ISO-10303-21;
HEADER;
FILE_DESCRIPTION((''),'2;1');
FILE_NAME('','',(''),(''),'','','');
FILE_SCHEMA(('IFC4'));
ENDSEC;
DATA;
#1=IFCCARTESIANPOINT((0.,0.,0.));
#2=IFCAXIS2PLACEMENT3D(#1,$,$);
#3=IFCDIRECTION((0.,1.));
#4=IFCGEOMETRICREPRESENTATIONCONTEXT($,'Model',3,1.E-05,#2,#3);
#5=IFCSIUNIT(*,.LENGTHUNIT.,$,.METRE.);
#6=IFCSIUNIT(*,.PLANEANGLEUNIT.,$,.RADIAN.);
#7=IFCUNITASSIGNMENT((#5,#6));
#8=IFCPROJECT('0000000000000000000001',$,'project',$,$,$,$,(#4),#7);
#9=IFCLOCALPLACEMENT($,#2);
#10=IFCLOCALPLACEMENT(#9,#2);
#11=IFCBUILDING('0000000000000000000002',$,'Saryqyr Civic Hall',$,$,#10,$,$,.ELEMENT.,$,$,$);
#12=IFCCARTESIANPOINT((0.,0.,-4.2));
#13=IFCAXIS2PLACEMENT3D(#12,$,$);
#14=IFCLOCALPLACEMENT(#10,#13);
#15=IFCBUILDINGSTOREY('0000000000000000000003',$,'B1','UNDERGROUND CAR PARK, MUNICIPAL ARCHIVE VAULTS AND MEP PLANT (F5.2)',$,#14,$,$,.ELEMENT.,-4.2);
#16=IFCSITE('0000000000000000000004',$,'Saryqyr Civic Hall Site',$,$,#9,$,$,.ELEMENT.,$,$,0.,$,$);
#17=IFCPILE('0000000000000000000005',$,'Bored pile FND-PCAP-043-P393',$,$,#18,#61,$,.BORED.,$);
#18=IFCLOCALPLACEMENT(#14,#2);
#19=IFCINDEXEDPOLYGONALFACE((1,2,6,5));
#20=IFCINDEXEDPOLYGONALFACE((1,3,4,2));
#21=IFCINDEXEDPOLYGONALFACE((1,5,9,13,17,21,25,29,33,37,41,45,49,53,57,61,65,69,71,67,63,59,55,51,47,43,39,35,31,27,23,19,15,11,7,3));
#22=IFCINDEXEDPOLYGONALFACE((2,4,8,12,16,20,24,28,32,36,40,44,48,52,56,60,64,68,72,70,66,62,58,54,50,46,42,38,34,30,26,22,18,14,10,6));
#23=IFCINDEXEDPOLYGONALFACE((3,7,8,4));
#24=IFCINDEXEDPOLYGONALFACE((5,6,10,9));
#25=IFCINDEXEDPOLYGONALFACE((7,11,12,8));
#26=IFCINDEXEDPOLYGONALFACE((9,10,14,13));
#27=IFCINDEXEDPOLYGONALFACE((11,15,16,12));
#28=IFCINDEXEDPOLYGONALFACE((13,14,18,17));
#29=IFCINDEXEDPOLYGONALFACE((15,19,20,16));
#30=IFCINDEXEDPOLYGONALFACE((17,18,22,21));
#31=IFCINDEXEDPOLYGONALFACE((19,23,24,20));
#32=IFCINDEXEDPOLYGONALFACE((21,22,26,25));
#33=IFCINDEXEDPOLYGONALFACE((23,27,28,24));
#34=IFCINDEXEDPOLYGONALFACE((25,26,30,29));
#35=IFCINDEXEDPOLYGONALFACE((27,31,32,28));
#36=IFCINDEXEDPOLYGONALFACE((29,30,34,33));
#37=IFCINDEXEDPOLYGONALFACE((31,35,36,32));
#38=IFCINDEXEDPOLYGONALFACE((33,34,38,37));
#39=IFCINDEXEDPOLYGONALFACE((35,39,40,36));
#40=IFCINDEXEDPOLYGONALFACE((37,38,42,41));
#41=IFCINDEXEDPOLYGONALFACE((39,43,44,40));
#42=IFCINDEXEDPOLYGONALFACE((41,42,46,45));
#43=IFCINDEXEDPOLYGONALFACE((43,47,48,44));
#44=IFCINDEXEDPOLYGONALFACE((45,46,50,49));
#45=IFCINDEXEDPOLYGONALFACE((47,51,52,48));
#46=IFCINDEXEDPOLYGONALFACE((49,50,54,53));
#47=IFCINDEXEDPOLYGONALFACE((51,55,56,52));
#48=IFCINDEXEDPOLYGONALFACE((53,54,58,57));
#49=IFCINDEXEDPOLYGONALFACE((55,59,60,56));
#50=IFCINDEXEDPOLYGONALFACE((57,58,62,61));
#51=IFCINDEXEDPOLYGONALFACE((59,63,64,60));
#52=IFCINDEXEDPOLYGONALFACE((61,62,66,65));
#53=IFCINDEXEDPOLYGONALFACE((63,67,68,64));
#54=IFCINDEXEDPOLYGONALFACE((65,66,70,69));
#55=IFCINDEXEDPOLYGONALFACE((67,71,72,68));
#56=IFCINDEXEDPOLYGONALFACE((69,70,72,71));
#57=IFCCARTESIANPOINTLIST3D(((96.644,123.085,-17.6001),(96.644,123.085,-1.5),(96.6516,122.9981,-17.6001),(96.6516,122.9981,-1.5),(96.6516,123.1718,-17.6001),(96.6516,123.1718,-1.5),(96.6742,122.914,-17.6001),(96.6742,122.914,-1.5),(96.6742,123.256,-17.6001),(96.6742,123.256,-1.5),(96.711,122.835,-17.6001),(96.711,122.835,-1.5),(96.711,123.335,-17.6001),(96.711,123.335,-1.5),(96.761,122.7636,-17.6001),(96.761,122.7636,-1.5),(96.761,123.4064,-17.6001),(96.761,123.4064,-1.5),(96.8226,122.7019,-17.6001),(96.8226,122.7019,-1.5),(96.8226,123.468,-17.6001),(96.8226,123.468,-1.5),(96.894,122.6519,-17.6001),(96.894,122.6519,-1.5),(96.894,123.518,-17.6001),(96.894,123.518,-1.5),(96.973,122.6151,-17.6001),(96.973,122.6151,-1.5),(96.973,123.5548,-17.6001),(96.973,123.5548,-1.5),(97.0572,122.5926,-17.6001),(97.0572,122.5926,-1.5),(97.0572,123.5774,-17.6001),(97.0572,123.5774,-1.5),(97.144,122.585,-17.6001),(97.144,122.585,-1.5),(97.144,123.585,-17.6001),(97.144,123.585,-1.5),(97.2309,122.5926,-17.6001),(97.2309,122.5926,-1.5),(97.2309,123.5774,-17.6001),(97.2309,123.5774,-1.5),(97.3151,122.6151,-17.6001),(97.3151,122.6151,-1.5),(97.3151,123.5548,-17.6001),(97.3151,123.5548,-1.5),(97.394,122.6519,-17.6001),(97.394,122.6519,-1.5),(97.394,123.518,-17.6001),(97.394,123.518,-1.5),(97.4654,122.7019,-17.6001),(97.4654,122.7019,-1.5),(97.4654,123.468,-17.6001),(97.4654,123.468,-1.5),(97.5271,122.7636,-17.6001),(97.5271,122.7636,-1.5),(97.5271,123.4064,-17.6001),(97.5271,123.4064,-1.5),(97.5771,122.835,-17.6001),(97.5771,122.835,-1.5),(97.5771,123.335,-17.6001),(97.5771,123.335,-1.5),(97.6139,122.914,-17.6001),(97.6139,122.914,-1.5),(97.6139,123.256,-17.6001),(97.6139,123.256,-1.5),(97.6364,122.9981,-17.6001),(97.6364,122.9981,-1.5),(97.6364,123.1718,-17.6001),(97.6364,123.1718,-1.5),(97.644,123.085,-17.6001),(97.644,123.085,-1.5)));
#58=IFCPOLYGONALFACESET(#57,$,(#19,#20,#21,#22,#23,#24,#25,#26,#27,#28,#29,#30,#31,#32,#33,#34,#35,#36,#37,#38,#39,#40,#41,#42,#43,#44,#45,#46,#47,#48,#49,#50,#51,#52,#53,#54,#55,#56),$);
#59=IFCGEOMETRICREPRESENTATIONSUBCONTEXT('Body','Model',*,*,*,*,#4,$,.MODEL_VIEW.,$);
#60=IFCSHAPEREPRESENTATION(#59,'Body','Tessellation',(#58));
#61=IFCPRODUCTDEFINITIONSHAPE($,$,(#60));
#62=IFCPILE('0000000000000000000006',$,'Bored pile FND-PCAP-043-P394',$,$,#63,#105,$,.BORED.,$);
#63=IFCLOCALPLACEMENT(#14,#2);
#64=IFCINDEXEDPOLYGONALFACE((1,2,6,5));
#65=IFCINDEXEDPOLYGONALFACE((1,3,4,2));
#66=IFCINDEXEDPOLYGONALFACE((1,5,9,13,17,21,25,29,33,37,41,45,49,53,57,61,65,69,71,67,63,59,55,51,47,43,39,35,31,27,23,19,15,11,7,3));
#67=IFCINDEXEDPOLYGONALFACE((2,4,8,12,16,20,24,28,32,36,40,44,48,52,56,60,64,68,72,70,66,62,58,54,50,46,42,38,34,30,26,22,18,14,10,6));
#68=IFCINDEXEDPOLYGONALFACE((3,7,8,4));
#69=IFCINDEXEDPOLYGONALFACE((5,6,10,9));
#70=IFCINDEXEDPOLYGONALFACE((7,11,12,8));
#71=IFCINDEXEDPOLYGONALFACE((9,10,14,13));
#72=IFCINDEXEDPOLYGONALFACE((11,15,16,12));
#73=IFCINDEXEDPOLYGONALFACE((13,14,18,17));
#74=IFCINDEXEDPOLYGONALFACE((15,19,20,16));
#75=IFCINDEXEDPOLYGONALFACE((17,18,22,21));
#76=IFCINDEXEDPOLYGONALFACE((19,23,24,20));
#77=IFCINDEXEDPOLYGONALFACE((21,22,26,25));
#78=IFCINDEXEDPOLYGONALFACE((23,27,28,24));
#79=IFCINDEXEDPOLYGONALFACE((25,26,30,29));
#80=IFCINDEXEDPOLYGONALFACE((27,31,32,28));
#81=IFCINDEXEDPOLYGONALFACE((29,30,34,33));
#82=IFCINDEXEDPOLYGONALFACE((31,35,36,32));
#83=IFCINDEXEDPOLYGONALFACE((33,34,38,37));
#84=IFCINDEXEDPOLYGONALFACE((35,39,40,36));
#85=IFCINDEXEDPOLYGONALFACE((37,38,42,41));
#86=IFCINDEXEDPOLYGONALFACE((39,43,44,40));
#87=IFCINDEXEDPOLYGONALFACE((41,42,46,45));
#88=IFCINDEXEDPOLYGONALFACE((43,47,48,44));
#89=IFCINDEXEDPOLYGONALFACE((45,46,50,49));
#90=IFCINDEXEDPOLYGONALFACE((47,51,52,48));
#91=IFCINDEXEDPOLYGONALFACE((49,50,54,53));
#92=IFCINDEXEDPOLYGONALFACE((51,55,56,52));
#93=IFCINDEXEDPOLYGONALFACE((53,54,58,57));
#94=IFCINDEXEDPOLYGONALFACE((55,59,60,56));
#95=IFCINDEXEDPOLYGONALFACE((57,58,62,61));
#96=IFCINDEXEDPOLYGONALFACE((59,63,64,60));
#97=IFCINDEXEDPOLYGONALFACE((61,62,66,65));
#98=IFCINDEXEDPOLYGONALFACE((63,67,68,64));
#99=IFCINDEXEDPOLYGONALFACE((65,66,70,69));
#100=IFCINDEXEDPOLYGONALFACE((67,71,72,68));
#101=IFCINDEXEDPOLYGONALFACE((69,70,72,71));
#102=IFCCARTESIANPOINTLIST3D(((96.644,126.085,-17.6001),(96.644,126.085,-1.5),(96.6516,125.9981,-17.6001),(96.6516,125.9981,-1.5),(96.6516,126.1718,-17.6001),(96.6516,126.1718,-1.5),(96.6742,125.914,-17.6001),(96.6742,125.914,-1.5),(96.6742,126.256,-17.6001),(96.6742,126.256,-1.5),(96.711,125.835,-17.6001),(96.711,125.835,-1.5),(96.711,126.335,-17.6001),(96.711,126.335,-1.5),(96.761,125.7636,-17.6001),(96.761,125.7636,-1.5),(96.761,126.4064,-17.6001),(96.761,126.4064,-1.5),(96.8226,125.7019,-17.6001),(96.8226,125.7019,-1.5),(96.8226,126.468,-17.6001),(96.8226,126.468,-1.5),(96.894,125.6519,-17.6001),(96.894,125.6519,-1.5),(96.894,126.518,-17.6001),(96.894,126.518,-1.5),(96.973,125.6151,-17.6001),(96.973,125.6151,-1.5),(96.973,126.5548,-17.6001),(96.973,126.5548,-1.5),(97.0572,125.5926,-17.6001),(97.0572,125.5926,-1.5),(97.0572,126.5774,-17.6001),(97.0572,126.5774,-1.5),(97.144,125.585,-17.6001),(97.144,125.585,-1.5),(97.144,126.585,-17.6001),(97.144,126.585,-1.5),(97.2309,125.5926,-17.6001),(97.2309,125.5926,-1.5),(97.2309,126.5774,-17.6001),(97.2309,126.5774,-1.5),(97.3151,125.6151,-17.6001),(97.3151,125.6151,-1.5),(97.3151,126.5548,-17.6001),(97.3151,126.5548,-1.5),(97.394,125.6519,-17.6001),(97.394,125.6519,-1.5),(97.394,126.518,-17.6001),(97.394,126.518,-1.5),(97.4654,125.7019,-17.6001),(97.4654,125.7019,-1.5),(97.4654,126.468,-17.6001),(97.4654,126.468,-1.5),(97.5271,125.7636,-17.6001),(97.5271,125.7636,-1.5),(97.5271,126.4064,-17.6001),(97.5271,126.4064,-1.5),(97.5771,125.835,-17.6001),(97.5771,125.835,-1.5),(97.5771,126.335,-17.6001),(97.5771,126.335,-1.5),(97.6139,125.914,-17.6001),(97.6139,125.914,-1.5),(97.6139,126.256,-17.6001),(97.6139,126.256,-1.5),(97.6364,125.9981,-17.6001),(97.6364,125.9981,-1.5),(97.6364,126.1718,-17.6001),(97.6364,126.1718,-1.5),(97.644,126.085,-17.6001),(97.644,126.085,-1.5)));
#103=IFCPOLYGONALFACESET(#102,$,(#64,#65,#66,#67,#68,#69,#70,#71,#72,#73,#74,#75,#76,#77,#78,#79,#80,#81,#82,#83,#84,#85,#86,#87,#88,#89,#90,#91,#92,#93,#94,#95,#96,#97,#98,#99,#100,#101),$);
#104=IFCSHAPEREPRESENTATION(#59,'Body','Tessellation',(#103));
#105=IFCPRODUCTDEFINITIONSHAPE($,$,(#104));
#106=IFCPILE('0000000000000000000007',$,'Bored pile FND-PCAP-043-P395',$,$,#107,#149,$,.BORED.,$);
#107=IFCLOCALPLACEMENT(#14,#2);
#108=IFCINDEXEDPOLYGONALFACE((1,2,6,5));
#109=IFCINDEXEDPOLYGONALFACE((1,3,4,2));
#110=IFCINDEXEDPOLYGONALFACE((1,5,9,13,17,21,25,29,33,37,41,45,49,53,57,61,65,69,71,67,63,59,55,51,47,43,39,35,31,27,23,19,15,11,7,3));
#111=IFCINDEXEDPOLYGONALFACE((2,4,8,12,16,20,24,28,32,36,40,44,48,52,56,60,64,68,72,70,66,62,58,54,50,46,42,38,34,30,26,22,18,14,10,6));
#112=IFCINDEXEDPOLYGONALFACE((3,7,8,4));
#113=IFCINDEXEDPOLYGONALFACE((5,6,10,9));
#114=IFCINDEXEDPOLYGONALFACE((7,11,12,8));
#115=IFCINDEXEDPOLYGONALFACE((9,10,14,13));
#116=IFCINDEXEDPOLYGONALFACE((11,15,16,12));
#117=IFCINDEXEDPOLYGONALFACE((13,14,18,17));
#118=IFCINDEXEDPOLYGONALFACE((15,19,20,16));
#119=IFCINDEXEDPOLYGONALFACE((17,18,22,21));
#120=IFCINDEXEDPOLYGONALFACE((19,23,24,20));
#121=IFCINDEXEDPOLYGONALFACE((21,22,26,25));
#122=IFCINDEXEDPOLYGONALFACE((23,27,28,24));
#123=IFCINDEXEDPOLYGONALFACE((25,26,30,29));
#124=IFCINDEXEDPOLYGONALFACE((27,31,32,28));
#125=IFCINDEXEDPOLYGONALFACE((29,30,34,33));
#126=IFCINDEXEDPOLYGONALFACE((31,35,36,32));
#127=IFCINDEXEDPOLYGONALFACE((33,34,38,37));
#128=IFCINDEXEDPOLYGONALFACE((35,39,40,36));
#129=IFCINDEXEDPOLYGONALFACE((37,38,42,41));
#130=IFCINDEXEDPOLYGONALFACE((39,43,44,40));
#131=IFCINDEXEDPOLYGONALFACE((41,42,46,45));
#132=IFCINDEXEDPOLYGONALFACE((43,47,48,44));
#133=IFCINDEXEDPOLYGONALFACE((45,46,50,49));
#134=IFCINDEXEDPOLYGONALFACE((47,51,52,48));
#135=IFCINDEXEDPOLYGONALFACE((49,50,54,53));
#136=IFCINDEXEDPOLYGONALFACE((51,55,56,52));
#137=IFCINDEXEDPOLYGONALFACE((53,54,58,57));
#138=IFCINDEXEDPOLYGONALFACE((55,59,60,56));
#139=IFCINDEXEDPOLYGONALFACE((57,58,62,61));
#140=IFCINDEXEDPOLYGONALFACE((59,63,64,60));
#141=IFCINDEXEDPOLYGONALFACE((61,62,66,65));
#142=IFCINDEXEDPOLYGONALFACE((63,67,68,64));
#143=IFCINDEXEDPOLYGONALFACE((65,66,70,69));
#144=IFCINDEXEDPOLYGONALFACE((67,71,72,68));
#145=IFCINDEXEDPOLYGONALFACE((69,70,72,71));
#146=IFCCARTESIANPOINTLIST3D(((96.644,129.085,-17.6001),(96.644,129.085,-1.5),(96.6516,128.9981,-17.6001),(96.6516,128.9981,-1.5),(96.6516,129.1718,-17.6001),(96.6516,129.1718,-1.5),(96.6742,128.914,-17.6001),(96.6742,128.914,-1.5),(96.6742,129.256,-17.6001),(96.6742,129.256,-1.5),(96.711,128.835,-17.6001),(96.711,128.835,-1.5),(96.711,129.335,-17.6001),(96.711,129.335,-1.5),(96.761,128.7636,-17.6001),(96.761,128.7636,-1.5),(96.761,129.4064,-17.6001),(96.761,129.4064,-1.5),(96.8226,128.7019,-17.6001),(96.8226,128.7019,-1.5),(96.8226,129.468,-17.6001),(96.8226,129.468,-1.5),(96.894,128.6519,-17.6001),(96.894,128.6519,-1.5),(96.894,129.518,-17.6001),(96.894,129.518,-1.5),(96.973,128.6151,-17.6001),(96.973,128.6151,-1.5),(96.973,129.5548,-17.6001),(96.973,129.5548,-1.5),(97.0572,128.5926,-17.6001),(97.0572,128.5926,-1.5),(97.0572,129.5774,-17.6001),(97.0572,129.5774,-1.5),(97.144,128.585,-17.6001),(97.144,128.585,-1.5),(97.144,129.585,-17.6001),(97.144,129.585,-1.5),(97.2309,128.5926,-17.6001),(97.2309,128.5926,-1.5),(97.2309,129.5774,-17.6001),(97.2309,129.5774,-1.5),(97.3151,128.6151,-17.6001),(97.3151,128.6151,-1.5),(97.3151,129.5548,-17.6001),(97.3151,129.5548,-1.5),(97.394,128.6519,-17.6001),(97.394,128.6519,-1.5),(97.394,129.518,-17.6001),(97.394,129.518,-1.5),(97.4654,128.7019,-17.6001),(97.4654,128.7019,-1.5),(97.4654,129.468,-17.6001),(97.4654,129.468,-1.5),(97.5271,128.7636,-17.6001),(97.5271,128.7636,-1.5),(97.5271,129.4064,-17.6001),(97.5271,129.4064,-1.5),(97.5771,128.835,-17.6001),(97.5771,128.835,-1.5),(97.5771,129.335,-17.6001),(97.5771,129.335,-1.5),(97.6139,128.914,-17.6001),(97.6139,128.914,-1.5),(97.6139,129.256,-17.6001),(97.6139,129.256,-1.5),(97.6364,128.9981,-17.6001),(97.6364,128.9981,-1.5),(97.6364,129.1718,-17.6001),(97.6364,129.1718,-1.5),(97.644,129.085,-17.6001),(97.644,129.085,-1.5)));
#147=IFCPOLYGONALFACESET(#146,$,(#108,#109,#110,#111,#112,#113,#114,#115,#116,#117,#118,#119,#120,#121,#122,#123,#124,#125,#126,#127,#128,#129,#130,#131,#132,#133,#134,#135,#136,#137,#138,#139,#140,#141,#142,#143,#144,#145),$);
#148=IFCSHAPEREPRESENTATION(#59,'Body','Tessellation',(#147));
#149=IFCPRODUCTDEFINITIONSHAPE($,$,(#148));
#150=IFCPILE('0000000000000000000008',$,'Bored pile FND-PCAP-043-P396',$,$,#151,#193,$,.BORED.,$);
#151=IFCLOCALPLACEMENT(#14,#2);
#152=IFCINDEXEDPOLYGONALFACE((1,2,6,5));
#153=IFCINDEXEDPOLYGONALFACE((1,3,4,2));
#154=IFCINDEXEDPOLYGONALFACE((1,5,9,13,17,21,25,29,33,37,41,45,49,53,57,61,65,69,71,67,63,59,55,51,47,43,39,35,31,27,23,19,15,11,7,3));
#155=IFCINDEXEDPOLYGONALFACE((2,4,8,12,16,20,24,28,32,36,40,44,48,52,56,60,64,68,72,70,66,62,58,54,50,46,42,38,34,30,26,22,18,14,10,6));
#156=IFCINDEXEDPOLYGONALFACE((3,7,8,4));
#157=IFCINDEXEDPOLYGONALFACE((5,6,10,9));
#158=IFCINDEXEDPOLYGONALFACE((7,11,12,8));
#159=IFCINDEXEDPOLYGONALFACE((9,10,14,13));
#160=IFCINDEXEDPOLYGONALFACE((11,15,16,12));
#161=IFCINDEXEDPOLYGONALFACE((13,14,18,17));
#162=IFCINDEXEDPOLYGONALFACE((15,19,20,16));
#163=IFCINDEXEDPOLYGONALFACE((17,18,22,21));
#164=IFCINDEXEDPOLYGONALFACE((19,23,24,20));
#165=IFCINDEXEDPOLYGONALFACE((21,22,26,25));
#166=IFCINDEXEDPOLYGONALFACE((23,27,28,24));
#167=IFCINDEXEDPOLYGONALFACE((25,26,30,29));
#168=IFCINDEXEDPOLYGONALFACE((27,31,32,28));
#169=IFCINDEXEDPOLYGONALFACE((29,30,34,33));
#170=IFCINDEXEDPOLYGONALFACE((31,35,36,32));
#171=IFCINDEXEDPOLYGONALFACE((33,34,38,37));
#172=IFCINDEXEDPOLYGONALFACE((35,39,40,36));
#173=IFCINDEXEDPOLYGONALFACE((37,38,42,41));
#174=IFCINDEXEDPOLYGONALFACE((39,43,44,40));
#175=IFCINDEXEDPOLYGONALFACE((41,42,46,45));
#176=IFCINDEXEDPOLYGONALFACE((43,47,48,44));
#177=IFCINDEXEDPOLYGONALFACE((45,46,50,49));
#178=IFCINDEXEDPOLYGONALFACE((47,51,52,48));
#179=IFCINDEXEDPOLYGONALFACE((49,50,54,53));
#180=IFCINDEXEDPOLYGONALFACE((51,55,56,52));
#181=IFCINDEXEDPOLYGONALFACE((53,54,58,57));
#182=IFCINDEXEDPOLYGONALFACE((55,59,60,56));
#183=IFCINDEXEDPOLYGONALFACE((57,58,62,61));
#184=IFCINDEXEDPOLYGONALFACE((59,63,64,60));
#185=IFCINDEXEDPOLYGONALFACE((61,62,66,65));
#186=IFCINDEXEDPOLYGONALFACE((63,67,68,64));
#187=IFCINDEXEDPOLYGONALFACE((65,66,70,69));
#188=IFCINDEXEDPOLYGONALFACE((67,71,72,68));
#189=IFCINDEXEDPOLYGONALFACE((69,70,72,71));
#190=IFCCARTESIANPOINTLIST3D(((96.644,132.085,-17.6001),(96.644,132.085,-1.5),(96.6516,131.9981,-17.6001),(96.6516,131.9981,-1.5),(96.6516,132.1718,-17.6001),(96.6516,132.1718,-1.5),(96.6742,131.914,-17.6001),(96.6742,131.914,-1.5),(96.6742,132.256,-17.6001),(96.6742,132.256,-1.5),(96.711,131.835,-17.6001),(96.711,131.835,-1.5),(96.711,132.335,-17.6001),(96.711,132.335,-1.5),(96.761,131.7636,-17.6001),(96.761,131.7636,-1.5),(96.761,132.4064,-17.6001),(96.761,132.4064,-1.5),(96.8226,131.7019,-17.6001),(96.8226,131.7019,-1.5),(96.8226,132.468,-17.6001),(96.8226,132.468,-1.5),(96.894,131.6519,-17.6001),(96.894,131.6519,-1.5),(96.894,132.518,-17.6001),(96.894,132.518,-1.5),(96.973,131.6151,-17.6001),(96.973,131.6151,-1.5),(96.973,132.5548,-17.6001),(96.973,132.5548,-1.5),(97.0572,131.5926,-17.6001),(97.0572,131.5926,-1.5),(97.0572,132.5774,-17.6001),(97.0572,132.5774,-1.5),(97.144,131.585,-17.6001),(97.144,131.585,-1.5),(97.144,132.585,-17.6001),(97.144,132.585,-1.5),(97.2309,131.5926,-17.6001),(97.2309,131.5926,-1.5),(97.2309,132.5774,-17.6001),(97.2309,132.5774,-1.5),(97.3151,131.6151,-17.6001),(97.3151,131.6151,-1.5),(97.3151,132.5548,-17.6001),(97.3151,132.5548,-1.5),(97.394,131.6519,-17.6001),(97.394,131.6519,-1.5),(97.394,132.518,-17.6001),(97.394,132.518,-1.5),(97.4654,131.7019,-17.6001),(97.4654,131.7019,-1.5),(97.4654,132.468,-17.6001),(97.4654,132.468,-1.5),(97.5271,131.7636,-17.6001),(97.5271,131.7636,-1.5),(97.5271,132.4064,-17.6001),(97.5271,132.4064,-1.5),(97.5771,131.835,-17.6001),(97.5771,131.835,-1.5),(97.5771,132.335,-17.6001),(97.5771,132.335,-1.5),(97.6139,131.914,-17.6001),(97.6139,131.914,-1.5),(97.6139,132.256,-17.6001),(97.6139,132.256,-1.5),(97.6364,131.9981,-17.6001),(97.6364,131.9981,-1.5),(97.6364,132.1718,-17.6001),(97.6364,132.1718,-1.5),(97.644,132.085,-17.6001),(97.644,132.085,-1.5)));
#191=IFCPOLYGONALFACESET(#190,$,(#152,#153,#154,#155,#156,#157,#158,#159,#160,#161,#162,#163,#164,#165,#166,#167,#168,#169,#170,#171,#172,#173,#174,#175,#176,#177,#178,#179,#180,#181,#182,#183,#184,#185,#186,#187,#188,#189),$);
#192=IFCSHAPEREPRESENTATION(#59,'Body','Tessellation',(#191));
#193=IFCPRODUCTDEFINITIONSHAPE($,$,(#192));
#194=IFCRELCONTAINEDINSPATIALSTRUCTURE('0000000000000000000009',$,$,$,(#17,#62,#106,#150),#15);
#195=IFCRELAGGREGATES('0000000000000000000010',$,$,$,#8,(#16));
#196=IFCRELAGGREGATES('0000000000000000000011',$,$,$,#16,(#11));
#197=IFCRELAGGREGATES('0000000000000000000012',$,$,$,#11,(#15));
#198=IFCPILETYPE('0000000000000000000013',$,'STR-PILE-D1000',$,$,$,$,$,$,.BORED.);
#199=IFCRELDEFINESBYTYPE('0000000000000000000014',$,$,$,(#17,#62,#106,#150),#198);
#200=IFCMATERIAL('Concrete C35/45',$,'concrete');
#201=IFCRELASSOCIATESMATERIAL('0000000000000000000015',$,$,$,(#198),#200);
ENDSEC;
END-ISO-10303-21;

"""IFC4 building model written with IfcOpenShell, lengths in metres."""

from ifc_helpers import new_model, si_unit, direction, frame, origin, origin_2d, place, context, subcontext, project, spatial, circle, extrude, material, material_profile, profile_set, type_object, element, save


model = new_model("IFC4")

# Units and contexts
model_context = context("Model", 3, precision=1e-05, world=origin(), true_north=direction((0.0, 1.0)))
body_context = subcontext(model_context, "Body", "Model", "MODEL_VIEW")
ifc_project = project(units=[si_unit("LENGTHUNIT", "METRE"), si_unit("PLANEANGLEUNIT", "RADIAN")], contexts=[model_context])

# Site, building, storey
site_placement = place(None, origin())
site = spatial("IfcSite", under=ifc_project, at=site_placement, Name="Saryqyr Civic Hall Site", CompositionType="ELEMENT", RefElevation=0.0)
building_placement = place(site_placement, origin())
building = spatial("IfcBuilding", under=site, at=building_placement, Name="Saryqyr Civic Hall", CompositionType="ELEMENT")
storey_placement = place(building_placement, frame((0.0, 0.0, -4.2)))
storey = spatial("IfcBuildingStorey", under=building, at=storey_placement, Name="B1", Description="UNDERGROUND CAR PARK, MUNICIPAL ARCHIVE VAULTS AND MEP PLANT (F5.2)", CompositionType="ELEMENT", Elevation=-4.2)

# Piles
ifc_material_1 = material(Name="Concrete C35/45", Category="concrete")
ifc_material_profile_1 = material_profile(ifc_material_1, circle(Radius=0.5, at=origin_2d()), Name="BORED PILE D1000")
ifc_profile_set_1 = profile_set([ifc_material_profile_1], Name="Concrete C35/45")
pile_type = type_object("IfcPileType", Name="STR-PILE-D1000", PredefinedType="BORED", material=ifc_profile_set_1)
for number, where, z_axis, x_axis, name in (
    (1, (97.144, 123.085, -1.5), (0.0, 0.0, -1.0), (1.0, 0.0, 0.0), "Bored pile FND-PCAP-043-P393"),
    (2, (97.144, 126.085, -1.5), (0.0, 0.0, -1.0), (1.0, 0.0, 0.0), "Bored pile FND-PCAP-043-P394"),
    (3, (97.144, 129.085, -1.5), (0.0, 0.0, -1.0), (1.0, 0.0, 0.0), "Bored pile FND-PCAP-043-P395"),
    (4, (97.144, 132.085, -1.5), (0.0, 0.0, -1.0), (1.0, 0.0, 0.0), "Bored pile FND-PCAP-043-P396"),
):
    element("IfcPile", number, at=place(storey_placement, frame(where, z_axis=z_axis, x_axis=x_axis)), inside=storey, type_object=pile_type, Name=name, PredefinedType="BORED", context=body_context, shape_type="SweptSolid", body=[
        extrude(circle(Radius=0.5, at=origin_2d()), origin(), (0.0, 0.0, 1.0), 16.1001),
    ])

save(model, "model.ifc")
